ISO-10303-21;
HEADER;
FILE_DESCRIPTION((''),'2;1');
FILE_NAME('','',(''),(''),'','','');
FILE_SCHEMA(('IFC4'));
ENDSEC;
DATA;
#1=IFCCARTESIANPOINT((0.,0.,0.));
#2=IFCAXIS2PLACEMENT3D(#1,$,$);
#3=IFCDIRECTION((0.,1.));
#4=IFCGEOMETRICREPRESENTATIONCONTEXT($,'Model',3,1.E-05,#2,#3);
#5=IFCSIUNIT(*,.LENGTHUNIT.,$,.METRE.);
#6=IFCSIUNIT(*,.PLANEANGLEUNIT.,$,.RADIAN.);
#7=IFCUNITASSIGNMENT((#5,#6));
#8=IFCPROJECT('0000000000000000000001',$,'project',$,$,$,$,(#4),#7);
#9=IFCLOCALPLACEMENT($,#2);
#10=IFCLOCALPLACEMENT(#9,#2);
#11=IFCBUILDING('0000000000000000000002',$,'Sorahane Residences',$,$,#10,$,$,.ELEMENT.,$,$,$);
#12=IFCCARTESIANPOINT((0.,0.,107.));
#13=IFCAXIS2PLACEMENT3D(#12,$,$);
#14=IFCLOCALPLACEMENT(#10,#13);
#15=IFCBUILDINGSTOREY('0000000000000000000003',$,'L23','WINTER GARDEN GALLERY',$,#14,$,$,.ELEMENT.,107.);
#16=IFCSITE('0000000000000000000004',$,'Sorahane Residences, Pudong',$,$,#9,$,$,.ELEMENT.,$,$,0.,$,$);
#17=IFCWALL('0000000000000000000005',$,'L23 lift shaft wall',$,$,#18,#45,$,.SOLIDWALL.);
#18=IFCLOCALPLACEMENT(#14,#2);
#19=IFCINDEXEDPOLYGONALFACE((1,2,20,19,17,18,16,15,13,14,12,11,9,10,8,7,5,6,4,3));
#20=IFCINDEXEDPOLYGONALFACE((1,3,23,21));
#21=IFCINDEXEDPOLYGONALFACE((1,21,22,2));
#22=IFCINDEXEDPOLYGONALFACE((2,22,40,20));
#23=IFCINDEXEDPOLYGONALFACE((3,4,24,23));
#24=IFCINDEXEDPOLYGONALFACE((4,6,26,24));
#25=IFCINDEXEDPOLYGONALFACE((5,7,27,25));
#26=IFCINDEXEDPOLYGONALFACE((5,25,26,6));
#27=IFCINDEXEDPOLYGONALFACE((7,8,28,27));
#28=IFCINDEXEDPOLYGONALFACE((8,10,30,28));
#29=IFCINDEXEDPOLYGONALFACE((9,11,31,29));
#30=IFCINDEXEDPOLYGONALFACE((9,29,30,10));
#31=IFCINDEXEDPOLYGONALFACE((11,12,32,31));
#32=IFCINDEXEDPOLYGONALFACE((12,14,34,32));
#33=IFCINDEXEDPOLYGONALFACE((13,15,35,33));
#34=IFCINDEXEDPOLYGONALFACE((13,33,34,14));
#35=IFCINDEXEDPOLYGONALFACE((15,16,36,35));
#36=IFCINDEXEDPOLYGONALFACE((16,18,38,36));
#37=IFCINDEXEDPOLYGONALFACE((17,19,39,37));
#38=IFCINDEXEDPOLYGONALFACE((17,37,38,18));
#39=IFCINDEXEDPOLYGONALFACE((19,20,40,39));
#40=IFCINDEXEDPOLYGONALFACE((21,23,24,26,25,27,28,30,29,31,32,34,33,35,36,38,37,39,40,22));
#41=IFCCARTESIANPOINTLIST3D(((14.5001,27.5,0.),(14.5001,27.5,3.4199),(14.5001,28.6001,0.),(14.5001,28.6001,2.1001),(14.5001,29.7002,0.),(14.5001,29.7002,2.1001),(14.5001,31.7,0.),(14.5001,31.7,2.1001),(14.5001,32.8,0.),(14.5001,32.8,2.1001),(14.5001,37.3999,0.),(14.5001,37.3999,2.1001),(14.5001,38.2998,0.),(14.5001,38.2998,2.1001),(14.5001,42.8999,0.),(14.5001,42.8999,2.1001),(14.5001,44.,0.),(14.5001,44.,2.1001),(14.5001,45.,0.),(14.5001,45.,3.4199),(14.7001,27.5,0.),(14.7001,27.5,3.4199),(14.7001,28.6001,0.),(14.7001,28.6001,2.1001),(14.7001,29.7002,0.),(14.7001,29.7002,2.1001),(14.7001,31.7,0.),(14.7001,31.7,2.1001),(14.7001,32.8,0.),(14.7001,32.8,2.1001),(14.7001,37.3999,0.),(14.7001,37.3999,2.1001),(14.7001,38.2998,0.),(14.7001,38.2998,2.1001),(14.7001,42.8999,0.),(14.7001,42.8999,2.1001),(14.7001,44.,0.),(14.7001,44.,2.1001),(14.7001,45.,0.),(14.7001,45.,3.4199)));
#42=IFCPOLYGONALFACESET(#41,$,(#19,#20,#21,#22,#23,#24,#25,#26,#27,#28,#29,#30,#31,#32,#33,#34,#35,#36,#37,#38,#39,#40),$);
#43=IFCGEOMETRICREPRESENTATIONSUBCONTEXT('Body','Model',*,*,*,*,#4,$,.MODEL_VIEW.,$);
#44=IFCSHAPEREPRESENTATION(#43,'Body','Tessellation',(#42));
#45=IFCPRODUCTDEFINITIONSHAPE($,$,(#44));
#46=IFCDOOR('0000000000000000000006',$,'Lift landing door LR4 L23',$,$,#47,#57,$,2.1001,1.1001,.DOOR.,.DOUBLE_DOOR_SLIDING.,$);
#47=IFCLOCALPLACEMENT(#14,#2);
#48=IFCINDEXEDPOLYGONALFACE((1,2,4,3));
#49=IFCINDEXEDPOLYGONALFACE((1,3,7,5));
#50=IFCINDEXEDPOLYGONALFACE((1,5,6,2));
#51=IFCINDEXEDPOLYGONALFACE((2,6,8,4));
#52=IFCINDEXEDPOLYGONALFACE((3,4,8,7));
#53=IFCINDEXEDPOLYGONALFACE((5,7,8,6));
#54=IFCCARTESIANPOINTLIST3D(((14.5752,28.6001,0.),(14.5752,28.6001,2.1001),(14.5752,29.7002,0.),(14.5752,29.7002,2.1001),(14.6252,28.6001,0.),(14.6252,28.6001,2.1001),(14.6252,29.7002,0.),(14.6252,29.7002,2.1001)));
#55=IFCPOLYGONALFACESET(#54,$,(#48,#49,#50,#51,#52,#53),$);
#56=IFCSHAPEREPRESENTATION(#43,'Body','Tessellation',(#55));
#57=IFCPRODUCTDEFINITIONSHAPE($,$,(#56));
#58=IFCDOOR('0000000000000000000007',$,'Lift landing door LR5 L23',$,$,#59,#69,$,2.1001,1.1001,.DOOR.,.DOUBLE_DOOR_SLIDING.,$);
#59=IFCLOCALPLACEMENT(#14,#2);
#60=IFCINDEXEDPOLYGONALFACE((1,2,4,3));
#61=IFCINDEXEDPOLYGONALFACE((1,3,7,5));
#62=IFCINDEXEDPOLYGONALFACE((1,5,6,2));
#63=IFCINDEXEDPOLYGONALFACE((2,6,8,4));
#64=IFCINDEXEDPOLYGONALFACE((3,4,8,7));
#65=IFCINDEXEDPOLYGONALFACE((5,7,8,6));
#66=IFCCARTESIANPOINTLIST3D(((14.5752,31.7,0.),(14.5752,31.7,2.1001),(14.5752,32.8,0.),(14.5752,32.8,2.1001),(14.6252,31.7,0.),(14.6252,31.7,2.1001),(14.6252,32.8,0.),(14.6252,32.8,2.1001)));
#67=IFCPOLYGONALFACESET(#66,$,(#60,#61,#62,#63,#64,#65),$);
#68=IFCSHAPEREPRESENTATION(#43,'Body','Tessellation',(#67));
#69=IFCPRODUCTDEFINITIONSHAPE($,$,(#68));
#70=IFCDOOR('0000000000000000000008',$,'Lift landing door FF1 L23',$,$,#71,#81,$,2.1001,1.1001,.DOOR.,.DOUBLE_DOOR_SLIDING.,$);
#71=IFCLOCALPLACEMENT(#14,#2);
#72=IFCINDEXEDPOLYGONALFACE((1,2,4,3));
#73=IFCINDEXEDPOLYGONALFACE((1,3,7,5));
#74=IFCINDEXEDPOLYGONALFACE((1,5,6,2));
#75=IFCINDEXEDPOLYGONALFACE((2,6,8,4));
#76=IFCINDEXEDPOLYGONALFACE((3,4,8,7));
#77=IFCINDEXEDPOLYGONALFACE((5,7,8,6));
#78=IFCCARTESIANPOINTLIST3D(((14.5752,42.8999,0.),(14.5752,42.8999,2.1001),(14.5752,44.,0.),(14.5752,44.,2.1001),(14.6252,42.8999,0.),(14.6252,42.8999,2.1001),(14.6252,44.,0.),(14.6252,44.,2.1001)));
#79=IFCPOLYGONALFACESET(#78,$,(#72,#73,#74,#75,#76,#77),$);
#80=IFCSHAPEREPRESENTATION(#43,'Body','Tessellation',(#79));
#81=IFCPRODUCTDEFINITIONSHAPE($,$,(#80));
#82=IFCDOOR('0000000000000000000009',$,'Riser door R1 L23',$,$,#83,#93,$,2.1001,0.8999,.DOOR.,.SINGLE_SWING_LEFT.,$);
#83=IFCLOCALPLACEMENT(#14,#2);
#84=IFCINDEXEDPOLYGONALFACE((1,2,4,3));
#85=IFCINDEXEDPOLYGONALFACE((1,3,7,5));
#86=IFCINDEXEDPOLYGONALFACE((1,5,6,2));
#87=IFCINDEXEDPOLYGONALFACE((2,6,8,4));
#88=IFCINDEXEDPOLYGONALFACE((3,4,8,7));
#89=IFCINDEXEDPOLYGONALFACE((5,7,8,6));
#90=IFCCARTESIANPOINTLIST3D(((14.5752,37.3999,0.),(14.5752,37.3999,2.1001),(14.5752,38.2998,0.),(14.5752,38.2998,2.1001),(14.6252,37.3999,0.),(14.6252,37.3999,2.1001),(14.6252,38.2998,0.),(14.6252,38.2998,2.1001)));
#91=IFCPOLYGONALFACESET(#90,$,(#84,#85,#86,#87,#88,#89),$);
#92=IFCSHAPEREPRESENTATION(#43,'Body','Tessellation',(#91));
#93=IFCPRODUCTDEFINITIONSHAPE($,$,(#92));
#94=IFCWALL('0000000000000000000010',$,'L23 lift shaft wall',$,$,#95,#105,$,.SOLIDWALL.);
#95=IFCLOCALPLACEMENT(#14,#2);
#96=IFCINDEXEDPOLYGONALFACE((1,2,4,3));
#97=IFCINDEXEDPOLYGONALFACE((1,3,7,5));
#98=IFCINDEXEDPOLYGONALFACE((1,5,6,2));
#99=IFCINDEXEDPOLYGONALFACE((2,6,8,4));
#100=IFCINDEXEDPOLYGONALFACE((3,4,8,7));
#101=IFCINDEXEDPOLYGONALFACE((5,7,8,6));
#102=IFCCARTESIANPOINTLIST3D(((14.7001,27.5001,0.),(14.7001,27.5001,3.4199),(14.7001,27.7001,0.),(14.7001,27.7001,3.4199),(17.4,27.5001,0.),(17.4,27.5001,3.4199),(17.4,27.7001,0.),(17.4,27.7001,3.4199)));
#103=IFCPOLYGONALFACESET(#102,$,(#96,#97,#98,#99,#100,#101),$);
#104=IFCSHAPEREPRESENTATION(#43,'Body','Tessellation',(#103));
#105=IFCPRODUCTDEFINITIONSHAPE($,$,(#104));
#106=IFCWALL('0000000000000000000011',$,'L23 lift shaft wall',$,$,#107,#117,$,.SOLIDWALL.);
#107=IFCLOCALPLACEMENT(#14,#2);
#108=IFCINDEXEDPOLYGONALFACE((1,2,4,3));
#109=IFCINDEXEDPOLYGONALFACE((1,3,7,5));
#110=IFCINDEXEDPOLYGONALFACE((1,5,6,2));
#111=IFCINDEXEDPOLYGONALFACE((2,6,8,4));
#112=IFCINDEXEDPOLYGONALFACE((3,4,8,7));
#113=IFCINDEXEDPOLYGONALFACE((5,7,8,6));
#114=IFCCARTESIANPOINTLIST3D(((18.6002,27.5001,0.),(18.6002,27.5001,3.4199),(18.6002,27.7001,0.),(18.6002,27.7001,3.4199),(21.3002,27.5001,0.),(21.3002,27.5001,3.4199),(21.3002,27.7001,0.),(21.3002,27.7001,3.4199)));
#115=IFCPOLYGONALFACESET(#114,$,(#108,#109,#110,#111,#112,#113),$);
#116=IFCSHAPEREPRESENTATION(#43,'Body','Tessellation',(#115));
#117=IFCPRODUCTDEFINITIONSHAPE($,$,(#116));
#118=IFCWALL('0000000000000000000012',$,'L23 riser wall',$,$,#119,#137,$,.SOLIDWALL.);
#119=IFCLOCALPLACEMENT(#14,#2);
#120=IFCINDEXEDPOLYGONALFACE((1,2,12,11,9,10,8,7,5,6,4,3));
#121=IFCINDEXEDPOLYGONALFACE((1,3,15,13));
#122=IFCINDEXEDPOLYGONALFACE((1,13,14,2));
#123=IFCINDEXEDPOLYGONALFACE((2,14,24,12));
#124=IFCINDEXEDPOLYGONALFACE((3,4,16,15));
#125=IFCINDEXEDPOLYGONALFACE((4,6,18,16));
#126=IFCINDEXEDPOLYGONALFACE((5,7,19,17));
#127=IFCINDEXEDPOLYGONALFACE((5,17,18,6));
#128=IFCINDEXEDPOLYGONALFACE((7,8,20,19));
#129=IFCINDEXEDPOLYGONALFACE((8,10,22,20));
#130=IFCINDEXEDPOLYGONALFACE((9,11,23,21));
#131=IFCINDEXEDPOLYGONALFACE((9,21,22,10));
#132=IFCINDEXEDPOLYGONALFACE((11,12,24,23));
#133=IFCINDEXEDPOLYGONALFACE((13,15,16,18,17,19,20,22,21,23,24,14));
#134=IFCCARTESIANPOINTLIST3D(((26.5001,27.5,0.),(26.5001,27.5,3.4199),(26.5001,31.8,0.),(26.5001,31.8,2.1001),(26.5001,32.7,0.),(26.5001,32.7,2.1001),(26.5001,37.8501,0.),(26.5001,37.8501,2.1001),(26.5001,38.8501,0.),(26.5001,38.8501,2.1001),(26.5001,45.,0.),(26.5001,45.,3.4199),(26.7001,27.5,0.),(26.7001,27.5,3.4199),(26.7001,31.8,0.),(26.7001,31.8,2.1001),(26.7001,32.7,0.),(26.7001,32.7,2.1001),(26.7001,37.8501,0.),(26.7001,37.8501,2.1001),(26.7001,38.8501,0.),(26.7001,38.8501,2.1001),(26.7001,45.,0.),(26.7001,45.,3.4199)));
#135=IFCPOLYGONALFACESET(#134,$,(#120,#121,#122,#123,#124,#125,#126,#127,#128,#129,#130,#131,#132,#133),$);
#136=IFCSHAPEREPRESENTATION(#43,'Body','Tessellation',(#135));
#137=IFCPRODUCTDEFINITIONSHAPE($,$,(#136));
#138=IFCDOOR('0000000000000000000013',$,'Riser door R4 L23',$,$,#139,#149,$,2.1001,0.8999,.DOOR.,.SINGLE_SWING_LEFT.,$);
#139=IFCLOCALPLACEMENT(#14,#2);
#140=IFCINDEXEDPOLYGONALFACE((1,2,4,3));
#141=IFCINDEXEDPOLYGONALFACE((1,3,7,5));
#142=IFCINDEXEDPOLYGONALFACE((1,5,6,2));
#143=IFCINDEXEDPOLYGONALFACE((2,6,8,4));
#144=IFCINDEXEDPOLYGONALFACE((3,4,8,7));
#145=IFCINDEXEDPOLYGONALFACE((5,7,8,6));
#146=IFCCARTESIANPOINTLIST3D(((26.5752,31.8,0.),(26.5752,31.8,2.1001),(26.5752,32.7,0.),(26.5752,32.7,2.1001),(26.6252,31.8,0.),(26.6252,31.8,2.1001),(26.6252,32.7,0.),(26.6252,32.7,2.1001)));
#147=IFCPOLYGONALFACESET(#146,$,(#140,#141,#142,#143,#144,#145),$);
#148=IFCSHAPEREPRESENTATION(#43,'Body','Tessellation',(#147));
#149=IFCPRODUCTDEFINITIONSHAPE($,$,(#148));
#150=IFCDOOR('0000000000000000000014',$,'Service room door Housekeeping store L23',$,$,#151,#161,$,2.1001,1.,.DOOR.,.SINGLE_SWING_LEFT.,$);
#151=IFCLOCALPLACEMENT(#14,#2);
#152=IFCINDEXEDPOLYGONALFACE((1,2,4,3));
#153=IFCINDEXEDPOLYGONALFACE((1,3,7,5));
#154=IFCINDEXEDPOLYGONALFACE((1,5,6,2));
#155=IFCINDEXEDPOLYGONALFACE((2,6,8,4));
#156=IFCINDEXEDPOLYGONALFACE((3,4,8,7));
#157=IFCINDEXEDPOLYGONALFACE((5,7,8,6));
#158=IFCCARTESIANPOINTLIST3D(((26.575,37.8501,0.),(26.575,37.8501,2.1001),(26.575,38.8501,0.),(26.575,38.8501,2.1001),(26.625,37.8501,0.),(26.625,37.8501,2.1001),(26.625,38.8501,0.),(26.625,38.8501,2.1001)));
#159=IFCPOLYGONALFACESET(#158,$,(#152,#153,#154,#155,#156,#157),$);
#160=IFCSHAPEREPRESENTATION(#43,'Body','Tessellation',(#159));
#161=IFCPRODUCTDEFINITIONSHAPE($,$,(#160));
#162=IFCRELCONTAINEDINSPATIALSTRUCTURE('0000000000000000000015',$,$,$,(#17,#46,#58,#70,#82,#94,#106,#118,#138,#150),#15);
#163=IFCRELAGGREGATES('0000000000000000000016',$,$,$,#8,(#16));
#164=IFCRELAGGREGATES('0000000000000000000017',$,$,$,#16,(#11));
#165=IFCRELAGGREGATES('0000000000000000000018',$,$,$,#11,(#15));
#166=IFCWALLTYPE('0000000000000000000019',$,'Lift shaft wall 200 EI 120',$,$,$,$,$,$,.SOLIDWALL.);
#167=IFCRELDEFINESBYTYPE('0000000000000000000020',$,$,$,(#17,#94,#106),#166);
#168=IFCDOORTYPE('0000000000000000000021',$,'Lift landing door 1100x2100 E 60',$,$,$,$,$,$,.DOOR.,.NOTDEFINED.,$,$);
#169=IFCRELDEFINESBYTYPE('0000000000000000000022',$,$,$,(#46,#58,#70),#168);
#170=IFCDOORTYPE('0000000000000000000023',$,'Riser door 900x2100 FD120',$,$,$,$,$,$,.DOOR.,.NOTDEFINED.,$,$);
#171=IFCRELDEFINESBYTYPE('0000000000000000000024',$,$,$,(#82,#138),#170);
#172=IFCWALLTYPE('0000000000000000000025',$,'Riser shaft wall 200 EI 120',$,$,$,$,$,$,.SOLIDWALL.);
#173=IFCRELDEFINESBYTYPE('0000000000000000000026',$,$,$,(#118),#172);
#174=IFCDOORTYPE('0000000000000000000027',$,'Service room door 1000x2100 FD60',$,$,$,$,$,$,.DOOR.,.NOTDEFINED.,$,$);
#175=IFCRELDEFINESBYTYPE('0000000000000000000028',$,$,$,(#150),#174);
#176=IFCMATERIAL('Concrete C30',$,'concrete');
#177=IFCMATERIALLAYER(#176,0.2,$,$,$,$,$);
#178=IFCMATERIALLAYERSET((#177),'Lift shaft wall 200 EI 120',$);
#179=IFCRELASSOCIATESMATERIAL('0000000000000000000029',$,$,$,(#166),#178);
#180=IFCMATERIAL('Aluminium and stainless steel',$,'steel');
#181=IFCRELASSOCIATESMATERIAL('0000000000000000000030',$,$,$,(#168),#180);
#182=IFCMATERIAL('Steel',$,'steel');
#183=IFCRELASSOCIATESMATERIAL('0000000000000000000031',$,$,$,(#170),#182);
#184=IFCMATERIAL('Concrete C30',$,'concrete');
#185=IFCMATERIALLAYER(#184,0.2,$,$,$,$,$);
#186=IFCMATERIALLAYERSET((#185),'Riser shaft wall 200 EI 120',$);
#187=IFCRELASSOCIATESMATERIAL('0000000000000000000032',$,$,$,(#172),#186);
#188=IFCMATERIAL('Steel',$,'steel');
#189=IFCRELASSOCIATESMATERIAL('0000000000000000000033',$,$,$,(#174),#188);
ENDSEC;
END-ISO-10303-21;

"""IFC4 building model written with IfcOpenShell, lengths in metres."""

from ifc_helpers import new_model, si_unit, direction, frame, frame_2d, origin, place, context, subcontext, project, spatial, rectangle, extrude, material, layer, layer_set, type_object, element, fill, save


model = new_model("IFC4")

# Units and contexts
model_context = context("Model", 3, precision=1e-05, world=origin(), true_north=direction((0.0, 1.0)))
body_context = subcontext(model_context, "Body", "Model", "MODEL_VIEW")
ifc_project = project(units=[si_unit("LENGTHUNIT", "METRE"), si_unit("PLANEANGLEUNIT", "RADIAN")], contexts=[model_context])

# Site, building, storey
site_placement = place(None, origin())
site = spatial("IfcSite", under=ifc_project, at=site_placement, Name="Sorahane Residences, Pudong", CompositionType="ELEMENT", RefElevation=0.0)
building_placement = place(site_placement, origin())
building = spatial("IfcBuilding", under=site, at=building_placement, Name="Sorahane Residences", CompositionType="ELEMENT")
storey_placement = place(building_placement, frame((0.0, 0.0, 107.0)))
storey = spatial("IfcBuildingStorey", under=building, at=storey_placement, Name="L23", Description="WINTER GARDEN GALLERY", CompositionType="ELEMENT", Elevation=107.0)

# Wall, openings, doors
ifc_material_1 = material(Name="Concrete C30", Category="concrete")
ifc_layer_1 = layer(ifc_material_1, 0.2)
ifc_layer_set_1 = layer_set([ifc_layer_1], Name="Lift shaft wall 200 EI 120")
wall_type_1 = type_object("IfcWallType", Name="Lift shaft wall 200 EI 120", PredefinedType="SOLIDWALL", material=ifc_layer_set_1)
wall_1_placement = place(storey_placement, frame((14.6001, 27.5, 0.0), z_axis=(0.0, 0.0, 1.0), x_axis=(0.0, 1.0, 0.0)))
wall_1 = element("IfcWall", 1, at=wall_1_placement, inside=storey, type_object=wall_type_1, Name="L23 lift shaft wall", PredefinedType="SOLIDWALL", context=body_context, shape_type="SweptSolid", body=[
    extrude(rectangle(XDim=17.5, YDim=0.2, at=frame_2d((8.75, 0.0))), origin(), (0.0, 0.0, 1.0), 3.4199),
])
opening_1_placement = place(wall_1_placement, frame((1.1001, 0.0, 0.0)))
opening_1 = element("IfcOpeningElement", 2, at=opening_1_placement, cuts=wall_1, PredefinedType="OPENING", context=body_context, shape_type="SweptSolid", body=[
    extrude(rectangle(XDim=1.1001, YDim=2.1001, at=frame_2d((0.55, 1.05))), frame((0.0, 0.1099, 0.0), z_axis=(0.0, -1.0, 0.0), x_axis=(1.0, 0.0, 0.0)), (0.0, 0.0, 1.0), 0.22),
])
opening_2_placement = place(wall_1_placement, frame((4.2, 0.0, 0.0)))
opening_2 = element("IfcOpeningElement", 3, at=opening_2_placement, cuts=wall_1, PredefinedType="OPENING", context=body_context, shape_type="SweptSolid", body=[
    extrude(rectangle(XDim=1.1001, YDim=2.1001, at=frame_2d((0.55, 1.05))), frame((0.0, 0.1099, 0.0), z_axis=(0.0, -1.0, 0.0), x_axis=(1.0, 0.0, 0.0)), (0.0, 0.0, 1.0), 0.22),
])
opening_3_placement = place(wall_1_placement, frame((15.3999, 0.0, 0.0)))
opening_3 = element("IfcOpeningElement", 4, at=opening_3_placement, cuts=wall_1, PredefinedType="OPENING", context=body_context, shape_type="SweptSolid", body=[
    extrude(rectangle(XDim=1.1001, YDim=2.1001, at=frame_2d((0.55, 1.05))), frame((0.0, 0.1099, 0.0), z_axis=(0.0, -1.0, 0.0), x_axis=(1.0, 0.0, 0.0)), (0.0, 0.0, 1.0), 0.22),
])
opening_4_placement = place(wall_1_placement, frame((9.8999, 0.0, 0.0)))
opening_4 = element("IfcOpeningElement", 5, at=opening_4_placement, cuts=wall_1, PredefinedType="OPENING", context=body_context, shape_type="SweptSolid", body=[
    extrude(rectangle(XDim=0.8999, YDim=2.1001, at=frame_2d((0.45, 1.05))), frame((0.0, 0.1099, 0.0), z_axis=(0.0, -1.0, 0.0), x_axis=(1.0, 0.0, 0.0)), (0.0, 0.0, 1.0), 0.22),
])
ifc_material_2 = material(Name="Aluminium and stainless steel", Category="steel")
door_type_1 = type_object("IfcDoorType", Name="Lift landing door 1100x2100 E 60", OperationType="NOTDEFINED", PredefinedType="DOOR", material=ifc_material_2)
door_1_placement = place(opening_1_placement, origin())
door_1 = element("IfcDoor", 6, at=door_1_placement, inside=storey, type_object=door_type_1, Name="Lift landing door LR4 L23", OperationType="DOUBLE_DOOR_SLIDING", OverallHeight=2.1001, OverallWidth=1.1001, PredefinedType="DOOR", context=body_context, shape_type="SweptSolid", body=[
    extrude(rectangle(XDim=1.1001, YDim=2.1001, at=frame_2d((0.55, 1.05))), frame((0.0, 0.0249, 0.0), z_axis=(0.0, -1.0, 0.0), x_axis=(1.0, 0.0, 0.0)), (0.0, 0.0, 1.0), 0.05),
])
fill(opening_1, door_1)
door_2_placement = place(opening_2_placement, origin())
door_2 = element("IfcDoor", 7, at=door_2_placement, inside=storey, type_object=door_type_1, Name="Lift landing door LR5 L23", OperationType="DOUBLE_DOOR_SLIDING", OverallHeight=2.1001, OverallWidth=1.1001, PredefinedType="DOOR", context=body_context, shape_type="SweptSolid", body=[
    extrude(rectangle(XDim=1.1001, YDim=2.1001, at=frame_2d((0.55, 1.05))), frame((0.0, 0.0249, 0.0), z_axis=(0.0, -1.0, 0.0), x_axis=(1.0, 0.0, 0.0)), (0.0, 0.0, 1.0), 0.05),
])
fill(opening_2, door_2)
door_3_placement = place(opening_3_placement, origin())
door_3 = element("IfcDoor", 8, at=door_3_placement, inside=storey, type_object=door_type_1, Name="Lift landing door FF1 L23", OperationType="DOUBLE_DOOR_SLIDING", OverallHeight=2.1001, OverallWidth=1.1001, PredefinedType="DOOR", context=body_context, shape_type="SweptSolid", body=[
    extrude(rectangle(XDim=1.1001, YDim=2.1001, at=frame_2d((0.55, 1.05))), frame((0.0, 0.0249, 0.0), z_axis=(0.0, -1.0, 0.0), x_axis=(1.0, 0.0, 0.0)), (0.0, 0.0, 1.0), 0.05),
])
fill(opening_3, door_3)
ifc_material_3 = material(Name="Steel", Category="steel")
door_type_2 = type_object("IfcDoorType", Name="Riser door 900x2100 FD120", OperationType="NOTDEFINED", PredefinedType="DOOR", material=ifc_material_3)
door_4_placement = place(opening_4_placement, origin())
door_4 = element("IfcDoor", 9, at=door_4_placement, inside=storey, type_object=door_type_2, Name="Riser door R1 L23", OperationType="SINGLE_SWING_LEFT", OverallHeight=2.1001, OverallWidth=0.8999, PredefinedType="DOOR", context=body_context, shape_type="SweptSolid", body=[
    extrude(rectangle(XDim=0.8999, YDim=2.1001, at=frame_2d((0.45, 1.05))), frame((0.0, 0.0249, 0.0), z_axis=(0.0, -1.0, 0.0), x_axis=(1.0, 0.0, 0.0)), (0.0, 0.0, 1.0), 0.05),
])
fill(opening_4, door_4)

# Walls
for number, where, z_axis, x_axis, name in (
    (10, (14.7, 27.6001, 0.0), (0.0, 0.0, 1.0), (1.0, 0.0, 0.0), "L23 lift shaft wall"),
    (11, (18.6001, 27.6001, 0.0), (0.0, 0.0, 1.0), (1.0, 0.0, 0.0), "L23 lift shaft wall"),
):
    element("IfcWall", number, at=place(storey_placement, frame(where, z_axis=z_axis, x_axis=x_axis)), inside=storey, type_object=wall_type_1, Name=name, PredefinedType="SOLIDWALL", context=body_context, shape_type="SweptSolid", body=[
        extrude(rectangle(XDim=2.7, YDim=0.2, at=frame_2d((1.3501, 0.0))), origin(), (0.0, 0.0, 1.0), 3.4199),
    ])

# Wall, openings, doors
ifc_material_4 = material(Name="Concrete C30", Category="concrete")
ifc_layer_2 = layer(ifc_material_4, 0.2)
ifc_layer_set_2 = layer_set([ifc_layer_2], Name="Riser shaft wall 200 EI 120")
wall_type_2 = type_object("IfcWallType", Name="Riser shaft wall 200 EI 120", PredefinedType="SOLIDWALL", material=ifc_layer_set_2)
wall_2_placement = place(storey_placement, frame((26.6001, 27.5, 0.0), z_axis=(0.0, 0.0, 1.0), x_axis=(0.0, 1.0, 0.0)))
wall_2 = element("IfcWall", 12, at=wall_2_placement, inside=storey, type_object=wall_type_2, Name="L23 riser wall", PredefinedType="SOLIDWALL", context=body_context, shape_type="SweptSolid", body=[
    extrude(rectangle(XDim=17.5, YDim=0.2, at=frame_2d((8.75, 0.0))), origin(), (0.0, 0.0, 1.0), 3.4199),
])
opening_5_placement = place(wall_2_placement, frame((4.3, 0.0, 0.0)))
opening_5 = element("IfcOpeningElement", 13, at=opening_5_placement, cuts=wall_2, PredefinedType="OPENING", context=body_context, shape_type="SweptSolid", body=[
    extrude(rectangle(XDim=0.8999, YDim=2.1001, at=frame_2d((0.45, 1.05))), frame((0.0, 0.1099, 0.0), z_axis=(0.0, -1.0, 0.0), x_axis=(1.0, 0.0, 0.0)), (0.0, 0.0, 1.0), 0.22),
])
opening_6_placement = place(wall_2_placement, frame((10.3501, 0.0, 0.0)))
opening_6 = element("IfcOpeningElement", 14, at=opening_6_placement, cuts=wall_2, PredefinedType="OPENING", context=body_context, shape_type="SweptSolid", body=[
    extrude(rectangle(XDim=1.0, YDim=2.1001, at=frame_2d((0.5, 1.05))), frame((0.0, 0.1099, 0.0), z_axis=(0.0, -1.0, 0.0), x_axis=(1.0, 0.0, 0.0)), (0.0, 0.0, 1.0), 0.22),
])
door_5_placement = place(opening_5_placement, origin())
door_5 = element("IfcDoor", 15, at=door_5_placement, inside=storey, type_object=door_type_2, Name="Riser door R4 L23", OperationType="SINGLE_SWING_LEFT", OverallHeight=2.1001, OverallWidth=0.8999, PredefinedType="DOOR", context=body_context, shape_type="SweptSolid", body=[
    extrude(rectangle(XDim=0.8999, YDim=2.1001, at=frame_2d((0.45, 1.05))), frame((0.0, 0.0249, 0.0), z_axis=(0.0, -1.0, 0.0), x_axis=(1.0, 0.0, 0.0)), (0.0, 0.0, 1.0), 0.05),
])
fill(opening_5, door_5)
ifc_material_5 = material(Name="Steel", Category="steel")
door_type_3 = type_object("IfcDoorType", Name="Service room door 1000x2100 FD60", OperationType="NOTDEFINED", PredefinedType="DOOR", material=ifc_material_5)
door_6_placement = place(opening_6_placement, frame((1.0, 0.0, 0.0), z_axis=(0.0, 0.0, 1.0), x_axis=(-1.0, 0.0, 0.0)))
door_6 = element("IfcDoor", 16, at=door_6_placement, inside=storey, type_object=door_type_3, Name="Service room door Housekeeping store L23", OperationType="SINGLE_SWING_LEFT", OverallHeight=2.1001, OverallWidth=1.0, PredefinedType="DOOR", context=body_context, shape_type="SweptSolid", body=[
    extrude(rectangle(XDim=1.0, YDim=2.1001, at=frame_2d((0.5, 1.05))), frame((0.0, 0.0249, 0.0), z_axis=(0.0, -1.0, 0.0), x_axis=(1.0, 0.0, 0.0)), (0.0, 0.0, 1.0), 0.05),
])
fill(opening_6, door_6)

save(model, "model.ifc")
